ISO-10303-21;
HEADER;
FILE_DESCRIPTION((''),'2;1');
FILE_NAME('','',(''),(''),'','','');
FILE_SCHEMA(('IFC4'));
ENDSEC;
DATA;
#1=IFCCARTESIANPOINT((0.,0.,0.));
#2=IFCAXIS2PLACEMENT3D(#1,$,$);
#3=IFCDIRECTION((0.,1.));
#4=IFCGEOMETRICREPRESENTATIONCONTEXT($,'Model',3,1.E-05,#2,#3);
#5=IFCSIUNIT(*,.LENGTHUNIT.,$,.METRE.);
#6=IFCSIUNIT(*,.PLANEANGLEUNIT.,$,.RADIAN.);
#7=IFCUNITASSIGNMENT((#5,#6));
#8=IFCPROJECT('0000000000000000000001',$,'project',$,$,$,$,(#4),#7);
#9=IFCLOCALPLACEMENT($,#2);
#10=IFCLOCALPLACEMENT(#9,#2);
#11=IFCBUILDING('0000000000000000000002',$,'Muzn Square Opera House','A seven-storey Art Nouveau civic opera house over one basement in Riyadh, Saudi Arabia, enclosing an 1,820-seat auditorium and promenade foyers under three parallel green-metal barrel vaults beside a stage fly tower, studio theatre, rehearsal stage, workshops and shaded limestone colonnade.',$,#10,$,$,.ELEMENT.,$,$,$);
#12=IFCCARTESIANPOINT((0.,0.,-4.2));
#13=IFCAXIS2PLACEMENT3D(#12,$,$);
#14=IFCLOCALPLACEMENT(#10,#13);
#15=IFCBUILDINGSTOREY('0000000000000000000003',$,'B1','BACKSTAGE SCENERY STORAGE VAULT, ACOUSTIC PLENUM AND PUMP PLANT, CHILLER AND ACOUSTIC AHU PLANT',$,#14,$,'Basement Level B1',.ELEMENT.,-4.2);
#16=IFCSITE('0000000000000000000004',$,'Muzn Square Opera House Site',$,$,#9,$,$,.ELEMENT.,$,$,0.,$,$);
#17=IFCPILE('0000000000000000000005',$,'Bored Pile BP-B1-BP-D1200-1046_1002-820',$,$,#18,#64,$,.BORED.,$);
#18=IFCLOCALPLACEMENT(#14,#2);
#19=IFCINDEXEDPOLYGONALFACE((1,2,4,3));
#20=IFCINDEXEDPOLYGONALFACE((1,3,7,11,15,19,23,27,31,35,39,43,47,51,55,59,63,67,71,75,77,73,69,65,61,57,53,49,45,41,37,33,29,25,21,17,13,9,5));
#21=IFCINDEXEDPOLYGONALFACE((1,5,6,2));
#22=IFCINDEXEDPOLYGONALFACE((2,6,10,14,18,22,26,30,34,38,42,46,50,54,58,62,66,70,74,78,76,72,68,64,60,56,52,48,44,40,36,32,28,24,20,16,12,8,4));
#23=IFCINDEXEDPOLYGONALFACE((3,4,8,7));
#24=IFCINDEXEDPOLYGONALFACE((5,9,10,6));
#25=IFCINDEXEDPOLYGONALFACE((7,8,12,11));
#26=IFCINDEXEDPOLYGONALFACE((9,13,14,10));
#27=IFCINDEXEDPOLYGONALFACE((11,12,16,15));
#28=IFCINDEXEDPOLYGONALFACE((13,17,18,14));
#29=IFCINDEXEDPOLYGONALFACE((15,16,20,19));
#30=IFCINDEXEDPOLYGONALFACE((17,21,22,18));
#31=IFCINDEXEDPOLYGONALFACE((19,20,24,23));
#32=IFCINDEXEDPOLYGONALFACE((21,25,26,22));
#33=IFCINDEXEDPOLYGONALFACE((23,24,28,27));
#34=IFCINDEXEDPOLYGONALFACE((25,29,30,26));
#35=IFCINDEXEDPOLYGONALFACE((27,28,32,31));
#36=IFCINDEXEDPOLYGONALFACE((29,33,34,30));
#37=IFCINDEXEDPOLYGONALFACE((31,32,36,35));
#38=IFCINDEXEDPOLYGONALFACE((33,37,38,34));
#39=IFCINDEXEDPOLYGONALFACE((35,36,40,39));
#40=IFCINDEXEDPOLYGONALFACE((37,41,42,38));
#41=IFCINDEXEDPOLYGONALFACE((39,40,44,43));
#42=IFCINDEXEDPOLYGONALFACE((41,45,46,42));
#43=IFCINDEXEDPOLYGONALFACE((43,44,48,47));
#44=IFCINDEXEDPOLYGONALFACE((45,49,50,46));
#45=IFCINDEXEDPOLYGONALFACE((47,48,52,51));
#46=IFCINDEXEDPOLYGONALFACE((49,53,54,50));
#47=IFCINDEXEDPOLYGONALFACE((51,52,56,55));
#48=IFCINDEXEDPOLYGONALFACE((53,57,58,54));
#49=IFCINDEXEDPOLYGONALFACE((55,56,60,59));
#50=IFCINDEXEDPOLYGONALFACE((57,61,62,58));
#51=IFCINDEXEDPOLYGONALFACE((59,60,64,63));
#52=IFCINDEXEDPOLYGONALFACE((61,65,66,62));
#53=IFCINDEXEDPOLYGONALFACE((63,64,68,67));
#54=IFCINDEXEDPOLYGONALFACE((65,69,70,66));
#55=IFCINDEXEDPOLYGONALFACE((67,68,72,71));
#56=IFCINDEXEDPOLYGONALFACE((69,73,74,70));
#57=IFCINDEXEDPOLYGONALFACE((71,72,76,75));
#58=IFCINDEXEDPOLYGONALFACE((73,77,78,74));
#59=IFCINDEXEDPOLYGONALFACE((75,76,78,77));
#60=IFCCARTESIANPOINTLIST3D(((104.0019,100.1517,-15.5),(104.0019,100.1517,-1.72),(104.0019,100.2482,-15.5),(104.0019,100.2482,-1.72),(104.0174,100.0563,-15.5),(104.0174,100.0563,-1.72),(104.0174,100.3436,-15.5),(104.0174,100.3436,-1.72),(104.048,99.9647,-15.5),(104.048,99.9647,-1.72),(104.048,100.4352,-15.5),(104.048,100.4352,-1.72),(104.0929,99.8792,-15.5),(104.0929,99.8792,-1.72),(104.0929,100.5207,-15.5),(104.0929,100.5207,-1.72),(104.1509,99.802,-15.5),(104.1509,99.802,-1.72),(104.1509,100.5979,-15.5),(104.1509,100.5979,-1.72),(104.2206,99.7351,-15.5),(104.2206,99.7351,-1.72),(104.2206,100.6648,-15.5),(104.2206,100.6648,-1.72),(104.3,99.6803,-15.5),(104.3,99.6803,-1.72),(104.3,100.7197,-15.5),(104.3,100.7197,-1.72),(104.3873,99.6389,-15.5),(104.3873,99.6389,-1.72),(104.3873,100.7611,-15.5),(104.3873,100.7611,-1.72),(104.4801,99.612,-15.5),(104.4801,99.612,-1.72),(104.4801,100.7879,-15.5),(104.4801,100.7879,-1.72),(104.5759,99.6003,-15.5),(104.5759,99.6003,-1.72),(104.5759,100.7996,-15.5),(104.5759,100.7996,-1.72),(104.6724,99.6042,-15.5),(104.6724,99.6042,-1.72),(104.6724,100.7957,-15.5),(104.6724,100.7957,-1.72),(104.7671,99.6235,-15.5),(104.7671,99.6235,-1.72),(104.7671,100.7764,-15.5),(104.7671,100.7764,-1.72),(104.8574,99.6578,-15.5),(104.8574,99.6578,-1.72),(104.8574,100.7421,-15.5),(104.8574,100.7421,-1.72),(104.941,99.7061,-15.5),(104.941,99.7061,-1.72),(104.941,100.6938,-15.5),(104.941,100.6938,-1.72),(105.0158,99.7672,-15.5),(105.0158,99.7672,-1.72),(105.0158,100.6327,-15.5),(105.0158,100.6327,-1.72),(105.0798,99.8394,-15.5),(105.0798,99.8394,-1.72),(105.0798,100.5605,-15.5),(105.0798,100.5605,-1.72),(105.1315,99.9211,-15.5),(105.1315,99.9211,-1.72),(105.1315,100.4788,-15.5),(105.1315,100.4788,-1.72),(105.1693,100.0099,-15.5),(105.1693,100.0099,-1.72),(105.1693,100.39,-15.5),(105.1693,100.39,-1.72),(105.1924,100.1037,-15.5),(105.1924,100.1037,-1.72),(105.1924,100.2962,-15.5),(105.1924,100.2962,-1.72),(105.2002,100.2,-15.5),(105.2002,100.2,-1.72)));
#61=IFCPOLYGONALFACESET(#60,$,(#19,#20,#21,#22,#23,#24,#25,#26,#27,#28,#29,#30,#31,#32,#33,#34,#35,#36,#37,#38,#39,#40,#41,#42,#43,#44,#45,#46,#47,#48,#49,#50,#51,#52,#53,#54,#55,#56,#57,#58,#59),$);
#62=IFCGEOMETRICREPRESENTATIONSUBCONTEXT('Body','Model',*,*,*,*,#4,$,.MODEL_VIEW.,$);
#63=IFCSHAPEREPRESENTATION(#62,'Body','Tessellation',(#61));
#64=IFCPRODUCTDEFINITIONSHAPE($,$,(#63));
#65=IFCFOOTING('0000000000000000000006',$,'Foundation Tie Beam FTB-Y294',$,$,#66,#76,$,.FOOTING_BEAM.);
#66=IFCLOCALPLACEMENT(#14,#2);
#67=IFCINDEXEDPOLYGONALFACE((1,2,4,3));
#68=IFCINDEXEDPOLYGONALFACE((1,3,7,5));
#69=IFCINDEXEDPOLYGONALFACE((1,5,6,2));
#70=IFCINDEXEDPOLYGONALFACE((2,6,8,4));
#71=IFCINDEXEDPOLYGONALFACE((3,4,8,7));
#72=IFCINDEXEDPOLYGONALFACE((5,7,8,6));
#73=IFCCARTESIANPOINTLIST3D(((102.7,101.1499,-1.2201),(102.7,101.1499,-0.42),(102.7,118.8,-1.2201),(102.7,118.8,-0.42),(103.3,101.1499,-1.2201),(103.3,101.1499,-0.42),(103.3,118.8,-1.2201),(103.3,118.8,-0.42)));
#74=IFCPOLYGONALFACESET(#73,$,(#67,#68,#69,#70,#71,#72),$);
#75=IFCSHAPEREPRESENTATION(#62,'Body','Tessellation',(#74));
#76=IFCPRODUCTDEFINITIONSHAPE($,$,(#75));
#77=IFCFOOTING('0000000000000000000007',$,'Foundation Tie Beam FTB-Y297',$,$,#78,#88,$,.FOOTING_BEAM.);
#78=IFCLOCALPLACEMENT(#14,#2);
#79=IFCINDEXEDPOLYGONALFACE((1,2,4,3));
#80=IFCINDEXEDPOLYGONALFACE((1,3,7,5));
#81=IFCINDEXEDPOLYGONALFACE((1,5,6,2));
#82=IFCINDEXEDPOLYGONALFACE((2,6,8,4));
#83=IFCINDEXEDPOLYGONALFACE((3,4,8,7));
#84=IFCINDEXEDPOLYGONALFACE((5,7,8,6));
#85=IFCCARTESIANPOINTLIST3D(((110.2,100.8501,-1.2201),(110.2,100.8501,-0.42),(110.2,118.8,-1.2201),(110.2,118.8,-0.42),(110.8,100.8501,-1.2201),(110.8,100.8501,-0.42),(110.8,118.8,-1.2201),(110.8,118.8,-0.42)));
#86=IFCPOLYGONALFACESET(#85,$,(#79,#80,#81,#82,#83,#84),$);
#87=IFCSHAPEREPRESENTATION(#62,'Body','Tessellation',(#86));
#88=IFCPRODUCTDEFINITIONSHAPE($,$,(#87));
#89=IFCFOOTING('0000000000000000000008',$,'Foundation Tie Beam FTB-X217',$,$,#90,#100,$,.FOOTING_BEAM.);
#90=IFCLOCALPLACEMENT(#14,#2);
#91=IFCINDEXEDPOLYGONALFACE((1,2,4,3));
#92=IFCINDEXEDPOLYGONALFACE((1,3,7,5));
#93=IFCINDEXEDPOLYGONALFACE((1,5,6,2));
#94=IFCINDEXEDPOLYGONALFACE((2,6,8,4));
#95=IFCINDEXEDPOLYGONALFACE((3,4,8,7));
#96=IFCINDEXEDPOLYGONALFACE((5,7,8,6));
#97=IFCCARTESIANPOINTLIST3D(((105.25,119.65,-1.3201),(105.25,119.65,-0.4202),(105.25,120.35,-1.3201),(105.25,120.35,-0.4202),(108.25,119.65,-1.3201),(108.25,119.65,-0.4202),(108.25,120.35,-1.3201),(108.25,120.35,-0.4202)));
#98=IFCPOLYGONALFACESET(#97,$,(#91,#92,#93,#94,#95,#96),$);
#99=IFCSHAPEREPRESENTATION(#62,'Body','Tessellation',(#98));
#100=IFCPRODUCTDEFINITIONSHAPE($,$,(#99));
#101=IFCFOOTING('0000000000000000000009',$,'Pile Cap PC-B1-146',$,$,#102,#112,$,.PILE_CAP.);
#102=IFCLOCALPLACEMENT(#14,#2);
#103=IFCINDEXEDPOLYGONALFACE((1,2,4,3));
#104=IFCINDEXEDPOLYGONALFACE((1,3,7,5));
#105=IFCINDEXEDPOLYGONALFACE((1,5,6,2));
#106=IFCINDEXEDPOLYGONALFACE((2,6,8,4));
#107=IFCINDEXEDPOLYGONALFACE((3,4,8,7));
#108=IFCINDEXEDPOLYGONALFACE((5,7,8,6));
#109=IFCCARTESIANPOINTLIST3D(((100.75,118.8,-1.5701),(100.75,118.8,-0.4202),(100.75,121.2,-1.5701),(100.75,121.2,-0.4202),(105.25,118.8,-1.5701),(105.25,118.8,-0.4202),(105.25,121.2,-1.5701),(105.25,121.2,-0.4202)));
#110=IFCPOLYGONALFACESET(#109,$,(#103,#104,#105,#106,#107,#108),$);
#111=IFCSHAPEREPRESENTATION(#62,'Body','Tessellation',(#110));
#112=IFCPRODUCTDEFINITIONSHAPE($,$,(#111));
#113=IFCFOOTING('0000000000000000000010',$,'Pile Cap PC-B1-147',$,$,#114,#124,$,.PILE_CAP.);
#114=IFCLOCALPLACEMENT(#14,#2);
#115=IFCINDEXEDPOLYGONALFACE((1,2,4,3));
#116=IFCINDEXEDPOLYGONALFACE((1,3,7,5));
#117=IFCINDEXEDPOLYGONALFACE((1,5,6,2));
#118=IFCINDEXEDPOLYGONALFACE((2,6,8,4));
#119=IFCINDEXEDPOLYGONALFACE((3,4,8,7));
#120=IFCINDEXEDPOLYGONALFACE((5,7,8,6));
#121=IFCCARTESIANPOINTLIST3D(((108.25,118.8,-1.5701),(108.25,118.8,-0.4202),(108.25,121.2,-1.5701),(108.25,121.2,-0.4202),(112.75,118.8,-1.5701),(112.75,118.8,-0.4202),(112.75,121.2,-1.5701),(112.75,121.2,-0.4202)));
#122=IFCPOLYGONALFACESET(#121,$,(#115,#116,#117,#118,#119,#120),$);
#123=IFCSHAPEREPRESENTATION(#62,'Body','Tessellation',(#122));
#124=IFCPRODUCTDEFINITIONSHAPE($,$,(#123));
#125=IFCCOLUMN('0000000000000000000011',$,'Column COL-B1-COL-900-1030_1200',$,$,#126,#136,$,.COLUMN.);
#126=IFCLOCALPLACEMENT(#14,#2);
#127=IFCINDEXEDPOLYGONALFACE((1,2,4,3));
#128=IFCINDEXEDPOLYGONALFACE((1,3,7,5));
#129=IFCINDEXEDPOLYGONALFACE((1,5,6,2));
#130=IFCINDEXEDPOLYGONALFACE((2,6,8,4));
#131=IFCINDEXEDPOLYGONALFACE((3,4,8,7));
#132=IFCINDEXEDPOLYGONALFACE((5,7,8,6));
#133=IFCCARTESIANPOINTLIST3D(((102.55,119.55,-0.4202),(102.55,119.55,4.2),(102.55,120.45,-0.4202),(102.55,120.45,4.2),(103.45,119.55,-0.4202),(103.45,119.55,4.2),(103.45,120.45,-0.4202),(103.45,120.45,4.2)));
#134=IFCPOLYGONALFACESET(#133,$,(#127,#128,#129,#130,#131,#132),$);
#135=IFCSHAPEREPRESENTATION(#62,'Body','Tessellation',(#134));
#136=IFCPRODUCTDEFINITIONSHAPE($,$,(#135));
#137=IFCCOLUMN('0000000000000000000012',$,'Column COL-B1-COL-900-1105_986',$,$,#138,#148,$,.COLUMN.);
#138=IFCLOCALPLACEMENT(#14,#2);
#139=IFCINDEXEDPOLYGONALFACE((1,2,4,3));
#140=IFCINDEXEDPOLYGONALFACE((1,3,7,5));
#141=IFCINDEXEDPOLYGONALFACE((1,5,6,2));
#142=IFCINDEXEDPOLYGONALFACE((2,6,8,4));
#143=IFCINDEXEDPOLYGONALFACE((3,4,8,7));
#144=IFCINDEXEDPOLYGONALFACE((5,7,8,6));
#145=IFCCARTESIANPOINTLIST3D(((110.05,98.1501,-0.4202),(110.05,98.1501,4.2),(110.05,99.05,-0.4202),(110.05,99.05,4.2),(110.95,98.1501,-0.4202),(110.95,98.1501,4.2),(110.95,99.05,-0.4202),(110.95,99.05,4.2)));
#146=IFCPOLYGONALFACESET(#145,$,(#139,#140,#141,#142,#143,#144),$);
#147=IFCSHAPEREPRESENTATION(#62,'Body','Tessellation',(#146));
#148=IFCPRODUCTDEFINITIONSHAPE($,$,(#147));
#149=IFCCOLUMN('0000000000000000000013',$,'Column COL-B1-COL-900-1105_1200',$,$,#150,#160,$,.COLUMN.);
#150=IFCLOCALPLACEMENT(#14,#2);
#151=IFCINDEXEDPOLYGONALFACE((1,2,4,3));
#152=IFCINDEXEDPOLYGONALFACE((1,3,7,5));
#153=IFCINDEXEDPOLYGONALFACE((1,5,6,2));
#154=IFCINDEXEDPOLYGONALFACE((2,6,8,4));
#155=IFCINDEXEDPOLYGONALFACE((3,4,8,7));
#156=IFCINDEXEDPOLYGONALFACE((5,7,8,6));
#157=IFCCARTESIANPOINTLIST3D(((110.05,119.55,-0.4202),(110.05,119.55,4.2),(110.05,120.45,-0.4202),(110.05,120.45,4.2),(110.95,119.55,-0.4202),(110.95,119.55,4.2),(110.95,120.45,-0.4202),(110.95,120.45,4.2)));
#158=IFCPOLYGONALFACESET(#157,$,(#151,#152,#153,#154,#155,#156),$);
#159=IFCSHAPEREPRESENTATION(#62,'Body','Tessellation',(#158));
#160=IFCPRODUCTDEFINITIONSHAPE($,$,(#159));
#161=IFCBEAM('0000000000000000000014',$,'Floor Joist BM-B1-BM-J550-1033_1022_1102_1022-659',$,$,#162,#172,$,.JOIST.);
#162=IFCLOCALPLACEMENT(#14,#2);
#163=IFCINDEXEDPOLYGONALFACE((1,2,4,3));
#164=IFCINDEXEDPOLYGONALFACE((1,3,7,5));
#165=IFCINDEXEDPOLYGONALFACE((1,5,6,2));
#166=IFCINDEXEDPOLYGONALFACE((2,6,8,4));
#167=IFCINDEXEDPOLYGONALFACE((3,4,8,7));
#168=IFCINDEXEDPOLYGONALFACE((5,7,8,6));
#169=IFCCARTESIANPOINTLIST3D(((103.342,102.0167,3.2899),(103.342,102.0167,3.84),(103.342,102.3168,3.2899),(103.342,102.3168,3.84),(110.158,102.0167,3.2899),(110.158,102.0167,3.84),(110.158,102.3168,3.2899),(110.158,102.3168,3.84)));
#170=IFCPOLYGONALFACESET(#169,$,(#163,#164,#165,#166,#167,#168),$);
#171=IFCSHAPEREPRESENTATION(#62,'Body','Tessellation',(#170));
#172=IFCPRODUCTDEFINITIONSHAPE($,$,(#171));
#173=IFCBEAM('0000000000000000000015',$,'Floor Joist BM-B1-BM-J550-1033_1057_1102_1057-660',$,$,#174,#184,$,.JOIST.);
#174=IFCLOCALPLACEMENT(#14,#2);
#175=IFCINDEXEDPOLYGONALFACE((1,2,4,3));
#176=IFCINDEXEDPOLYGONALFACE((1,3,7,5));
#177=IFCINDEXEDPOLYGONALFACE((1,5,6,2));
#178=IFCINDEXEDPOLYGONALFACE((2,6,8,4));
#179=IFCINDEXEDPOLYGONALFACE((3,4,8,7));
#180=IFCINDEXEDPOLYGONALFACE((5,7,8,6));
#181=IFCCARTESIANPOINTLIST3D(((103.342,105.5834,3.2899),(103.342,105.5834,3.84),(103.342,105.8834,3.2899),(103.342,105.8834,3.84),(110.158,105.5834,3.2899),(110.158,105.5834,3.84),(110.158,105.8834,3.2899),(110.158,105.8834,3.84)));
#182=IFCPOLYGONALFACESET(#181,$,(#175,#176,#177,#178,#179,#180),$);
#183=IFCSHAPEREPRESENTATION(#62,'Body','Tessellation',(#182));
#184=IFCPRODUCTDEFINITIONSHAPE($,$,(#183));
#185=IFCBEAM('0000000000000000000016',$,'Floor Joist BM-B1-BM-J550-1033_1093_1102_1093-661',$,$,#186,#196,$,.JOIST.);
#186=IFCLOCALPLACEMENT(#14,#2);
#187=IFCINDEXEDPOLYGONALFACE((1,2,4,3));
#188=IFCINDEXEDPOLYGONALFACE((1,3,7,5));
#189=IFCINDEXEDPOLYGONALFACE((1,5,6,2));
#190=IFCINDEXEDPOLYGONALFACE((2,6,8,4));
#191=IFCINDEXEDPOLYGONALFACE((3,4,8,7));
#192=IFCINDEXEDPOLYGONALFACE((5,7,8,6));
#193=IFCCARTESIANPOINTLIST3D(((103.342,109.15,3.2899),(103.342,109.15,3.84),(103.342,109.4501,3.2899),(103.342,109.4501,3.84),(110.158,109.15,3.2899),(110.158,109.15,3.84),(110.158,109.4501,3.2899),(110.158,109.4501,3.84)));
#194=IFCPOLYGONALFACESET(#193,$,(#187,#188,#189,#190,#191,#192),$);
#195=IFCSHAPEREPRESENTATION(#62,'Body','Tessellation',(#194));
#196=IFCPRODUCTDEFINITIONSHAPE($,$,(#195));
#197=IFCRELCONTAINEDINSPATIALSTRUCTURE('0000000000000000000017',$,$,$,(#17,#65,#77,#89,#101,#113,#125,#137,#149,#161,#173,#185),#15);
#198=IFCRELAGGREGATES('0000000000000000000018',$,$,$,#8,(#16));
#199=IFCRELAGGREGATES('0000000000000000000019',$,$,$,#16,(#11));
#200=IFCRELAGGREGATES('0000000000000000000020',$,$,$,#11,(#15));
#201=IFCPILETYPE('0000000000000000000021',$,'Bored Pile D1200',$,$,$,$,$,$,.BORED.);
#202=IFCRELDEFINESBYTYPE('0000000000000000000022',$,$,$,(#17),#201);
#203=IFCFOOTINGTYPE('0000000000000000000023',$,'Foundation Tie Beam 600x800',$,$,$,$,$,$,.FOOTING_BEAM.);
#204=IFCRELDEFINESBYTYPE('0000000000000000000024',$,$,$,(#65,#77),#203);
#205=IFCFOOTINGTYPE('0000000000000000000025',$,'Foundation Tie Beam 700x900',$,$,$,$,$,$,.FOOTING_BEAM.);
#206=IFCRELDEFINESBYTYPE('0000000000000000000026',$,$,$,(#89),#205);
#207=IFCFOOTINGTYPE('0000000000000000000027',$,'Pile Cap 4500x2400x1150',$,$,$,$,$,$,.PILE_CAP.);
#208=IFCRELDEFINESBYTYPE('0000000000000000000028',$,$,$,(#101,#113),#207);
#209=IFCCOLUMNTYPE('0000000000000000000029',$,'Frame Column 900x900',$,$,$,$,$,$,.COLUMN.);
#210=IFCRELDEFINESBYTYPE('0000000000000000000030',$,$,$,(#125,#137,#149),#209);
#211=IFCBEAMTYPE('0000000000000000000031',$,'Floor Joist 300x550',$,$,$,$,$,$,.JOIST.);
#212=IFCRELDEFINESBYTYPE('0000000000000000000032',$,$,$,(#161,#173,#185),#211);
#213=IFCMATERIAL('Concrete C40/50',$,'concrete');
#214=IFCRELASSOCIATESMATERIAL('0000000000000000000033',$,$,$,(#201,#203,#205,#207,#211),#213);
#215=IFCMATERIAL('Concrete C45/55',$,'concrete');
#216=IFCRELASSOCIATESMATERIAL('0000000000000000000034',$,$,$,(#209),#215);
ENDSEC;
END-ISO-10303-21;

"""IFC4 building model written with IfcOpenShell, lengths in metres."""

from ifc_helpers import new_model, si_unit, direction, frame, origin, origin_2d, place, context, subcontext, project, spatial, rectangle, circle, extrude, material, material_profile, profile_set, type_object, element, save


model = new_model("IFC4")

# Units and contexts
model_context = context("Model", 3, precision=1e-05, world=origin(), true_north=direction((0.0, 1.0)))
body_context = subcontext(model_context, "Body", "Model", "MODEL_VIEW")
ifc_project = project(units=[si_unit("LENGTHUNIT", "METRE"), si_unit("PLANEANGLEUNIT", "RADIAN")], contexts=[model_context])

# Site, building, storey
site_placement = place(None, origin())
site = spatial("IfcSite", under=ifc_project, at=site_placement, Name="Muzn Square Opera House Site", CompositionType="ELEMENT", RefElevation=0.0)
building_placement = place(site_placement, origin())
building = spatial("IfcBuilding", under=site, at=building_placement, Name="Muzn Square Opera House", Description="A seven-storey Art Nouveau civic opera house over one basement in Riyadh, Saudi Arabia, enclosing an 1,820-seat auditorium and promenade foyers under three parallel green-metal barrel vaults beside a stage fly tower, studio theatre, rehearsal stage, workshops and shaded limestone colonnade.", CompositionType="ELEMENT")
storey_placement = place(building_placement, frame((0.0, 0.0, -4.2)))
storey = spatial("IfcBuildingStorey", under=building, at=storey_placement, Name="B1", Description="BACKSTAGE SCENERY STORAGE VAULT, ACOUSTIC PLENUM AND PUMP PLANT, CHILLER AND ACOUSTIC AHU PLANT", LongName="Basement Level B1", CompositionType="ELEMENT", Elevation=-4.2)

# Pile
ifc_material_1 = material(Name="Concrete C40/50", Category="concrete")
ifc_material_profile_1 = material_profile(ifc_material_1, circle(Radius=0.6001, at=origin_2d()), Name="BORED PILE D1200", Category="concrete")
ifc_profile_set_1 = profile_set([ifc_material_profile_1], Name="Concrete C40/50")
pile_type_1 = type_object("IfcPileType", Name="Bored Pile D1200", PredefinedType="BORED", material=ifc_profile_set_1)
for number, where, z_axis, x_axis, name in (
    (1, (104.6001, 100.2, -1.72), (0.0, 0.0, -1.0), (1.0, 0.0, 0.0), "Bored Pile BP-B1-BP-D1200-1046_1002-820"),
):
    element("IfcPile", number, at=place(storey_placement, frame(where, z_axis=z_axis, x_axis=x_axis)), inside=storey, type_object=pile_type_1, Name=name, PredefinedType="BORED", context=body_context, shape_type="SweptSolid", body=[
        extrude(circle(Radius=0.6001, at=origin_2d()), origin(), (0.0, 0.0, 1.0), 13.78),
    ])

# Footings
ifc_material_profile_2 = material_profile(ifc_material_1, rectangle(XDim=0.6001, YDim=0.8, at=origin_2d()), Name="RCTB 600x800", Category="concrete")
ifc_profile_set_2 = profile_set([ifc_material_profile_2], Name="Concrete C40/50")
footing_type_1 = type_object("IfcFootingType", Name="Foundation Tie Beam 600x800", PredefinedType="FOOTING_BEAM", material=ifc_profile_set_2)
footing_1_placement = place(storey_placement, frame((103.0, 101.1499, -0.8201), z_axis=(0.0, 1.0, 0.0), x_axis=(-1.0, 0.0, 0.0)))
element("IfcFooting", 2, at=footing_1_placement, inside=storey, type_object=footing_type_1, Name="Foundation Tie Beam FTB-Y294", PredefinedType="FOOTING_BEAM", context=body_context, shape_type="SweptSolid", body=[
    extrude(rectangle(XDim=0.6001, YDim=0.8, at=origin_2d()), origin(), (0.0, 0.0, 1.0), 17.6501),
])
footing_2_placement = place(storey_placement, frame((110.5, 100.8501, -0.8201), z_axis=(0.0, 1.0, 0.0), x_axis=(-1.0, 0.0, 0.0)))
element("IfcFooting", 3, at=footing_2_placement, inside=storey, type_object=footing_type_1, Name="Foundation Tie Beam FTB-Y297", PredefinedType="FOOTING_BEAM", context=body_context, shape_type="SweptSolid", body=[
    extrude(rectangle(XDim=0.6001, YDim=0.8, at=origin_2d()), origin(), (0.0, 0.0, 1.0), 17.95),
])
ifc_material_profile_3 = material_profile(ifc_material_1, rectangle(XDim=0.7, YDim=0.8999, at=origin_2d()), Name="RCTB 700x900", Category="concrete")
ifc_profile_set_3 = profile_set([ifc_material_profile_3], Name="Concrete C40/50")
footing_type_2 = type_object("IfcFootingType", Name="Foundation Tie Beam 700x900", PredefinedType="FOOTING_BEAM", material=ifc_profile_set_3)
footing_3_placement = place(storey_placement, frame((105.25, 120.0, -0.8701), z_axis=(1.0, 0.0, 0.0), x_axis=(0.0, 1.0, 0.0)))
element("IfcFooting", 4, at=footing_3_placement, inside=storey, type_object=footing_type_2, Name="Foundation Tie Beam FTB-X217", PredefinedType="FOOTING_BEAM", context=body_context, shape_type="SweptSolid", body=[
    extrude(rectangle(XDim=0.7, YDim=0.8999, at=origin_2d()), origin(), (0.0, 0.0, 1.0), 3.0),
])
footing_type_3 = type_object("IfcFootingType", Name="Pile Cap 4500x2400x1150", PredefinedType="PILE_CAP", material=ifc_material_1)
for number, where, z_axis, x_axis, name in (
    (5, (103.0, 120.0, -1.5701), (0.0, 0.0, 1.0), (1.0, 0.0, 0.0), "Pile Cap PC-B1-146"),
    (6, (110.5, 120.0, -1.5701), (0.0, 0.0, 1.0), (1.0, 0.0, 0.0), "Pile Cap PC-B1-147"),
):
    element("IfcFooting", number, at=place(storey_placement, frame(where, z_axis=z_axis, x_axis=x_axis)), inside=storey, type_object=footing_type_3, Name=name, PredefinedType="PILE_CAP", context=body_context, shape_type="SweptSolid", body=[
        extrude(rectangle(XDim=4.5, YDim=2.3999, at=origin_2d()), origin(), (0.0, 0.0, 1.0), 1.1499),
    ])

# Columns
ifc_material_2 = material(Name="Concrete C45/55", Category="concrete")
ifc_material_profile_4 = material_profile(ifc_material_2, rectangle(XDim=0.8999, YDim=0.8999, at=origin_2d()), Name="RC 900x900", Category="concrete")
ifc_profile_set_4 = profile_set([ifc_material_profile_4], Name="Concrete C45/55")
column_type = type_object("IfcColumnType", Name="Frame Column 900x900", PredefinedType="COLUMN", material=ifc_profile_set_4)
for number, where, z_axis, x_axis, name in (
    (7, (103.0, 120.0, -0.4202), (0.0, 0.0, 1.0), (1.0, 0.0, 0.0), "Column COL-B1-COL-900-1030_1200"),
    (8, (110.5, 98.6001, -0.4202), (0.0, 0.0, 1.0), (1.0, 0.0, 0.0), "Column COL-B1-COL-900-1105_986"),
    (9, (110.5, 120.0, -0.4202), (0.0, 0.0, 1.0), (1.0, 0.0, 0.0), "Column COL-B1-COL-900-1105_1200"),
):
    element("IfcColumn", number, at=place(storey_placement, frame(where, z_axis=z_axis, x_axis=x_axis)), inside=storey, type_object=column_type, Name=name, PredefinedType="COLUMN", context=body_context, shape_type="SweptSolid", body=[
        extrude(rectangle(XDim=0.8999, YDim=0.8999, at=origin_2d()), origin(), (0.0, 0.0, 1.0), 4.6201),
    ])

# Beams
ifc_material_profile_5 = material_profile(ifc_material_1, rectangle(XDim=0.3, YDim=0.55, at=origin_2d()), Name="RCJ 300x550", Category="concrete")
ifc_profile_set_5 = profile_set([ifc_material_profile_5], Name="Concrete C40/50")
beam_type_1 = type_object("IfcBeamType", Name="Floor Joist 300x550", PredefinedType="JOIST", material=ifc_profile_set_5)
for number, where, z_axis, x_axis, name in (
    (10, (103.342, 102.1667, 3.5649), (1.0, 0.0, 0.0), (0.0, 1.0, 0.0), "Floor Joist BM-B1-BM-J550-1033_1022_1102_1022-659"),
    (11, (103.342, 105.7334, 3.5649), (1.0, 0.0, 0.0), (0.0, 1.0, 0.0), "Floor Joist BM-B1-BM-J550-1033_1057_1102_1057-660"),
    (12, (103.342, 109.3, 3.5649), (1.0, 0.0, 0.0), (0.0, 1.0, 0.0), "Floor Joist BM-B1-BM-J550-1033_1093_1102_1093-661"),
):
    element("IfcBeam", number, at=place(storey_placement, frame(where, z_axis=z_axis, x_axis=x_axis)), inside=storey, type_object=beam_type_1, Name=name, PredefinedType="JOIST", context=body_context, shape_type="SweptSolid", body=[
        extrude(rectangle(XDim=0.3, YDim=0.55, at=origin_2d()), origin(), (0.0, 0.0, 1.0), 6.8159),
    ])

save(model, "model.ifc")
